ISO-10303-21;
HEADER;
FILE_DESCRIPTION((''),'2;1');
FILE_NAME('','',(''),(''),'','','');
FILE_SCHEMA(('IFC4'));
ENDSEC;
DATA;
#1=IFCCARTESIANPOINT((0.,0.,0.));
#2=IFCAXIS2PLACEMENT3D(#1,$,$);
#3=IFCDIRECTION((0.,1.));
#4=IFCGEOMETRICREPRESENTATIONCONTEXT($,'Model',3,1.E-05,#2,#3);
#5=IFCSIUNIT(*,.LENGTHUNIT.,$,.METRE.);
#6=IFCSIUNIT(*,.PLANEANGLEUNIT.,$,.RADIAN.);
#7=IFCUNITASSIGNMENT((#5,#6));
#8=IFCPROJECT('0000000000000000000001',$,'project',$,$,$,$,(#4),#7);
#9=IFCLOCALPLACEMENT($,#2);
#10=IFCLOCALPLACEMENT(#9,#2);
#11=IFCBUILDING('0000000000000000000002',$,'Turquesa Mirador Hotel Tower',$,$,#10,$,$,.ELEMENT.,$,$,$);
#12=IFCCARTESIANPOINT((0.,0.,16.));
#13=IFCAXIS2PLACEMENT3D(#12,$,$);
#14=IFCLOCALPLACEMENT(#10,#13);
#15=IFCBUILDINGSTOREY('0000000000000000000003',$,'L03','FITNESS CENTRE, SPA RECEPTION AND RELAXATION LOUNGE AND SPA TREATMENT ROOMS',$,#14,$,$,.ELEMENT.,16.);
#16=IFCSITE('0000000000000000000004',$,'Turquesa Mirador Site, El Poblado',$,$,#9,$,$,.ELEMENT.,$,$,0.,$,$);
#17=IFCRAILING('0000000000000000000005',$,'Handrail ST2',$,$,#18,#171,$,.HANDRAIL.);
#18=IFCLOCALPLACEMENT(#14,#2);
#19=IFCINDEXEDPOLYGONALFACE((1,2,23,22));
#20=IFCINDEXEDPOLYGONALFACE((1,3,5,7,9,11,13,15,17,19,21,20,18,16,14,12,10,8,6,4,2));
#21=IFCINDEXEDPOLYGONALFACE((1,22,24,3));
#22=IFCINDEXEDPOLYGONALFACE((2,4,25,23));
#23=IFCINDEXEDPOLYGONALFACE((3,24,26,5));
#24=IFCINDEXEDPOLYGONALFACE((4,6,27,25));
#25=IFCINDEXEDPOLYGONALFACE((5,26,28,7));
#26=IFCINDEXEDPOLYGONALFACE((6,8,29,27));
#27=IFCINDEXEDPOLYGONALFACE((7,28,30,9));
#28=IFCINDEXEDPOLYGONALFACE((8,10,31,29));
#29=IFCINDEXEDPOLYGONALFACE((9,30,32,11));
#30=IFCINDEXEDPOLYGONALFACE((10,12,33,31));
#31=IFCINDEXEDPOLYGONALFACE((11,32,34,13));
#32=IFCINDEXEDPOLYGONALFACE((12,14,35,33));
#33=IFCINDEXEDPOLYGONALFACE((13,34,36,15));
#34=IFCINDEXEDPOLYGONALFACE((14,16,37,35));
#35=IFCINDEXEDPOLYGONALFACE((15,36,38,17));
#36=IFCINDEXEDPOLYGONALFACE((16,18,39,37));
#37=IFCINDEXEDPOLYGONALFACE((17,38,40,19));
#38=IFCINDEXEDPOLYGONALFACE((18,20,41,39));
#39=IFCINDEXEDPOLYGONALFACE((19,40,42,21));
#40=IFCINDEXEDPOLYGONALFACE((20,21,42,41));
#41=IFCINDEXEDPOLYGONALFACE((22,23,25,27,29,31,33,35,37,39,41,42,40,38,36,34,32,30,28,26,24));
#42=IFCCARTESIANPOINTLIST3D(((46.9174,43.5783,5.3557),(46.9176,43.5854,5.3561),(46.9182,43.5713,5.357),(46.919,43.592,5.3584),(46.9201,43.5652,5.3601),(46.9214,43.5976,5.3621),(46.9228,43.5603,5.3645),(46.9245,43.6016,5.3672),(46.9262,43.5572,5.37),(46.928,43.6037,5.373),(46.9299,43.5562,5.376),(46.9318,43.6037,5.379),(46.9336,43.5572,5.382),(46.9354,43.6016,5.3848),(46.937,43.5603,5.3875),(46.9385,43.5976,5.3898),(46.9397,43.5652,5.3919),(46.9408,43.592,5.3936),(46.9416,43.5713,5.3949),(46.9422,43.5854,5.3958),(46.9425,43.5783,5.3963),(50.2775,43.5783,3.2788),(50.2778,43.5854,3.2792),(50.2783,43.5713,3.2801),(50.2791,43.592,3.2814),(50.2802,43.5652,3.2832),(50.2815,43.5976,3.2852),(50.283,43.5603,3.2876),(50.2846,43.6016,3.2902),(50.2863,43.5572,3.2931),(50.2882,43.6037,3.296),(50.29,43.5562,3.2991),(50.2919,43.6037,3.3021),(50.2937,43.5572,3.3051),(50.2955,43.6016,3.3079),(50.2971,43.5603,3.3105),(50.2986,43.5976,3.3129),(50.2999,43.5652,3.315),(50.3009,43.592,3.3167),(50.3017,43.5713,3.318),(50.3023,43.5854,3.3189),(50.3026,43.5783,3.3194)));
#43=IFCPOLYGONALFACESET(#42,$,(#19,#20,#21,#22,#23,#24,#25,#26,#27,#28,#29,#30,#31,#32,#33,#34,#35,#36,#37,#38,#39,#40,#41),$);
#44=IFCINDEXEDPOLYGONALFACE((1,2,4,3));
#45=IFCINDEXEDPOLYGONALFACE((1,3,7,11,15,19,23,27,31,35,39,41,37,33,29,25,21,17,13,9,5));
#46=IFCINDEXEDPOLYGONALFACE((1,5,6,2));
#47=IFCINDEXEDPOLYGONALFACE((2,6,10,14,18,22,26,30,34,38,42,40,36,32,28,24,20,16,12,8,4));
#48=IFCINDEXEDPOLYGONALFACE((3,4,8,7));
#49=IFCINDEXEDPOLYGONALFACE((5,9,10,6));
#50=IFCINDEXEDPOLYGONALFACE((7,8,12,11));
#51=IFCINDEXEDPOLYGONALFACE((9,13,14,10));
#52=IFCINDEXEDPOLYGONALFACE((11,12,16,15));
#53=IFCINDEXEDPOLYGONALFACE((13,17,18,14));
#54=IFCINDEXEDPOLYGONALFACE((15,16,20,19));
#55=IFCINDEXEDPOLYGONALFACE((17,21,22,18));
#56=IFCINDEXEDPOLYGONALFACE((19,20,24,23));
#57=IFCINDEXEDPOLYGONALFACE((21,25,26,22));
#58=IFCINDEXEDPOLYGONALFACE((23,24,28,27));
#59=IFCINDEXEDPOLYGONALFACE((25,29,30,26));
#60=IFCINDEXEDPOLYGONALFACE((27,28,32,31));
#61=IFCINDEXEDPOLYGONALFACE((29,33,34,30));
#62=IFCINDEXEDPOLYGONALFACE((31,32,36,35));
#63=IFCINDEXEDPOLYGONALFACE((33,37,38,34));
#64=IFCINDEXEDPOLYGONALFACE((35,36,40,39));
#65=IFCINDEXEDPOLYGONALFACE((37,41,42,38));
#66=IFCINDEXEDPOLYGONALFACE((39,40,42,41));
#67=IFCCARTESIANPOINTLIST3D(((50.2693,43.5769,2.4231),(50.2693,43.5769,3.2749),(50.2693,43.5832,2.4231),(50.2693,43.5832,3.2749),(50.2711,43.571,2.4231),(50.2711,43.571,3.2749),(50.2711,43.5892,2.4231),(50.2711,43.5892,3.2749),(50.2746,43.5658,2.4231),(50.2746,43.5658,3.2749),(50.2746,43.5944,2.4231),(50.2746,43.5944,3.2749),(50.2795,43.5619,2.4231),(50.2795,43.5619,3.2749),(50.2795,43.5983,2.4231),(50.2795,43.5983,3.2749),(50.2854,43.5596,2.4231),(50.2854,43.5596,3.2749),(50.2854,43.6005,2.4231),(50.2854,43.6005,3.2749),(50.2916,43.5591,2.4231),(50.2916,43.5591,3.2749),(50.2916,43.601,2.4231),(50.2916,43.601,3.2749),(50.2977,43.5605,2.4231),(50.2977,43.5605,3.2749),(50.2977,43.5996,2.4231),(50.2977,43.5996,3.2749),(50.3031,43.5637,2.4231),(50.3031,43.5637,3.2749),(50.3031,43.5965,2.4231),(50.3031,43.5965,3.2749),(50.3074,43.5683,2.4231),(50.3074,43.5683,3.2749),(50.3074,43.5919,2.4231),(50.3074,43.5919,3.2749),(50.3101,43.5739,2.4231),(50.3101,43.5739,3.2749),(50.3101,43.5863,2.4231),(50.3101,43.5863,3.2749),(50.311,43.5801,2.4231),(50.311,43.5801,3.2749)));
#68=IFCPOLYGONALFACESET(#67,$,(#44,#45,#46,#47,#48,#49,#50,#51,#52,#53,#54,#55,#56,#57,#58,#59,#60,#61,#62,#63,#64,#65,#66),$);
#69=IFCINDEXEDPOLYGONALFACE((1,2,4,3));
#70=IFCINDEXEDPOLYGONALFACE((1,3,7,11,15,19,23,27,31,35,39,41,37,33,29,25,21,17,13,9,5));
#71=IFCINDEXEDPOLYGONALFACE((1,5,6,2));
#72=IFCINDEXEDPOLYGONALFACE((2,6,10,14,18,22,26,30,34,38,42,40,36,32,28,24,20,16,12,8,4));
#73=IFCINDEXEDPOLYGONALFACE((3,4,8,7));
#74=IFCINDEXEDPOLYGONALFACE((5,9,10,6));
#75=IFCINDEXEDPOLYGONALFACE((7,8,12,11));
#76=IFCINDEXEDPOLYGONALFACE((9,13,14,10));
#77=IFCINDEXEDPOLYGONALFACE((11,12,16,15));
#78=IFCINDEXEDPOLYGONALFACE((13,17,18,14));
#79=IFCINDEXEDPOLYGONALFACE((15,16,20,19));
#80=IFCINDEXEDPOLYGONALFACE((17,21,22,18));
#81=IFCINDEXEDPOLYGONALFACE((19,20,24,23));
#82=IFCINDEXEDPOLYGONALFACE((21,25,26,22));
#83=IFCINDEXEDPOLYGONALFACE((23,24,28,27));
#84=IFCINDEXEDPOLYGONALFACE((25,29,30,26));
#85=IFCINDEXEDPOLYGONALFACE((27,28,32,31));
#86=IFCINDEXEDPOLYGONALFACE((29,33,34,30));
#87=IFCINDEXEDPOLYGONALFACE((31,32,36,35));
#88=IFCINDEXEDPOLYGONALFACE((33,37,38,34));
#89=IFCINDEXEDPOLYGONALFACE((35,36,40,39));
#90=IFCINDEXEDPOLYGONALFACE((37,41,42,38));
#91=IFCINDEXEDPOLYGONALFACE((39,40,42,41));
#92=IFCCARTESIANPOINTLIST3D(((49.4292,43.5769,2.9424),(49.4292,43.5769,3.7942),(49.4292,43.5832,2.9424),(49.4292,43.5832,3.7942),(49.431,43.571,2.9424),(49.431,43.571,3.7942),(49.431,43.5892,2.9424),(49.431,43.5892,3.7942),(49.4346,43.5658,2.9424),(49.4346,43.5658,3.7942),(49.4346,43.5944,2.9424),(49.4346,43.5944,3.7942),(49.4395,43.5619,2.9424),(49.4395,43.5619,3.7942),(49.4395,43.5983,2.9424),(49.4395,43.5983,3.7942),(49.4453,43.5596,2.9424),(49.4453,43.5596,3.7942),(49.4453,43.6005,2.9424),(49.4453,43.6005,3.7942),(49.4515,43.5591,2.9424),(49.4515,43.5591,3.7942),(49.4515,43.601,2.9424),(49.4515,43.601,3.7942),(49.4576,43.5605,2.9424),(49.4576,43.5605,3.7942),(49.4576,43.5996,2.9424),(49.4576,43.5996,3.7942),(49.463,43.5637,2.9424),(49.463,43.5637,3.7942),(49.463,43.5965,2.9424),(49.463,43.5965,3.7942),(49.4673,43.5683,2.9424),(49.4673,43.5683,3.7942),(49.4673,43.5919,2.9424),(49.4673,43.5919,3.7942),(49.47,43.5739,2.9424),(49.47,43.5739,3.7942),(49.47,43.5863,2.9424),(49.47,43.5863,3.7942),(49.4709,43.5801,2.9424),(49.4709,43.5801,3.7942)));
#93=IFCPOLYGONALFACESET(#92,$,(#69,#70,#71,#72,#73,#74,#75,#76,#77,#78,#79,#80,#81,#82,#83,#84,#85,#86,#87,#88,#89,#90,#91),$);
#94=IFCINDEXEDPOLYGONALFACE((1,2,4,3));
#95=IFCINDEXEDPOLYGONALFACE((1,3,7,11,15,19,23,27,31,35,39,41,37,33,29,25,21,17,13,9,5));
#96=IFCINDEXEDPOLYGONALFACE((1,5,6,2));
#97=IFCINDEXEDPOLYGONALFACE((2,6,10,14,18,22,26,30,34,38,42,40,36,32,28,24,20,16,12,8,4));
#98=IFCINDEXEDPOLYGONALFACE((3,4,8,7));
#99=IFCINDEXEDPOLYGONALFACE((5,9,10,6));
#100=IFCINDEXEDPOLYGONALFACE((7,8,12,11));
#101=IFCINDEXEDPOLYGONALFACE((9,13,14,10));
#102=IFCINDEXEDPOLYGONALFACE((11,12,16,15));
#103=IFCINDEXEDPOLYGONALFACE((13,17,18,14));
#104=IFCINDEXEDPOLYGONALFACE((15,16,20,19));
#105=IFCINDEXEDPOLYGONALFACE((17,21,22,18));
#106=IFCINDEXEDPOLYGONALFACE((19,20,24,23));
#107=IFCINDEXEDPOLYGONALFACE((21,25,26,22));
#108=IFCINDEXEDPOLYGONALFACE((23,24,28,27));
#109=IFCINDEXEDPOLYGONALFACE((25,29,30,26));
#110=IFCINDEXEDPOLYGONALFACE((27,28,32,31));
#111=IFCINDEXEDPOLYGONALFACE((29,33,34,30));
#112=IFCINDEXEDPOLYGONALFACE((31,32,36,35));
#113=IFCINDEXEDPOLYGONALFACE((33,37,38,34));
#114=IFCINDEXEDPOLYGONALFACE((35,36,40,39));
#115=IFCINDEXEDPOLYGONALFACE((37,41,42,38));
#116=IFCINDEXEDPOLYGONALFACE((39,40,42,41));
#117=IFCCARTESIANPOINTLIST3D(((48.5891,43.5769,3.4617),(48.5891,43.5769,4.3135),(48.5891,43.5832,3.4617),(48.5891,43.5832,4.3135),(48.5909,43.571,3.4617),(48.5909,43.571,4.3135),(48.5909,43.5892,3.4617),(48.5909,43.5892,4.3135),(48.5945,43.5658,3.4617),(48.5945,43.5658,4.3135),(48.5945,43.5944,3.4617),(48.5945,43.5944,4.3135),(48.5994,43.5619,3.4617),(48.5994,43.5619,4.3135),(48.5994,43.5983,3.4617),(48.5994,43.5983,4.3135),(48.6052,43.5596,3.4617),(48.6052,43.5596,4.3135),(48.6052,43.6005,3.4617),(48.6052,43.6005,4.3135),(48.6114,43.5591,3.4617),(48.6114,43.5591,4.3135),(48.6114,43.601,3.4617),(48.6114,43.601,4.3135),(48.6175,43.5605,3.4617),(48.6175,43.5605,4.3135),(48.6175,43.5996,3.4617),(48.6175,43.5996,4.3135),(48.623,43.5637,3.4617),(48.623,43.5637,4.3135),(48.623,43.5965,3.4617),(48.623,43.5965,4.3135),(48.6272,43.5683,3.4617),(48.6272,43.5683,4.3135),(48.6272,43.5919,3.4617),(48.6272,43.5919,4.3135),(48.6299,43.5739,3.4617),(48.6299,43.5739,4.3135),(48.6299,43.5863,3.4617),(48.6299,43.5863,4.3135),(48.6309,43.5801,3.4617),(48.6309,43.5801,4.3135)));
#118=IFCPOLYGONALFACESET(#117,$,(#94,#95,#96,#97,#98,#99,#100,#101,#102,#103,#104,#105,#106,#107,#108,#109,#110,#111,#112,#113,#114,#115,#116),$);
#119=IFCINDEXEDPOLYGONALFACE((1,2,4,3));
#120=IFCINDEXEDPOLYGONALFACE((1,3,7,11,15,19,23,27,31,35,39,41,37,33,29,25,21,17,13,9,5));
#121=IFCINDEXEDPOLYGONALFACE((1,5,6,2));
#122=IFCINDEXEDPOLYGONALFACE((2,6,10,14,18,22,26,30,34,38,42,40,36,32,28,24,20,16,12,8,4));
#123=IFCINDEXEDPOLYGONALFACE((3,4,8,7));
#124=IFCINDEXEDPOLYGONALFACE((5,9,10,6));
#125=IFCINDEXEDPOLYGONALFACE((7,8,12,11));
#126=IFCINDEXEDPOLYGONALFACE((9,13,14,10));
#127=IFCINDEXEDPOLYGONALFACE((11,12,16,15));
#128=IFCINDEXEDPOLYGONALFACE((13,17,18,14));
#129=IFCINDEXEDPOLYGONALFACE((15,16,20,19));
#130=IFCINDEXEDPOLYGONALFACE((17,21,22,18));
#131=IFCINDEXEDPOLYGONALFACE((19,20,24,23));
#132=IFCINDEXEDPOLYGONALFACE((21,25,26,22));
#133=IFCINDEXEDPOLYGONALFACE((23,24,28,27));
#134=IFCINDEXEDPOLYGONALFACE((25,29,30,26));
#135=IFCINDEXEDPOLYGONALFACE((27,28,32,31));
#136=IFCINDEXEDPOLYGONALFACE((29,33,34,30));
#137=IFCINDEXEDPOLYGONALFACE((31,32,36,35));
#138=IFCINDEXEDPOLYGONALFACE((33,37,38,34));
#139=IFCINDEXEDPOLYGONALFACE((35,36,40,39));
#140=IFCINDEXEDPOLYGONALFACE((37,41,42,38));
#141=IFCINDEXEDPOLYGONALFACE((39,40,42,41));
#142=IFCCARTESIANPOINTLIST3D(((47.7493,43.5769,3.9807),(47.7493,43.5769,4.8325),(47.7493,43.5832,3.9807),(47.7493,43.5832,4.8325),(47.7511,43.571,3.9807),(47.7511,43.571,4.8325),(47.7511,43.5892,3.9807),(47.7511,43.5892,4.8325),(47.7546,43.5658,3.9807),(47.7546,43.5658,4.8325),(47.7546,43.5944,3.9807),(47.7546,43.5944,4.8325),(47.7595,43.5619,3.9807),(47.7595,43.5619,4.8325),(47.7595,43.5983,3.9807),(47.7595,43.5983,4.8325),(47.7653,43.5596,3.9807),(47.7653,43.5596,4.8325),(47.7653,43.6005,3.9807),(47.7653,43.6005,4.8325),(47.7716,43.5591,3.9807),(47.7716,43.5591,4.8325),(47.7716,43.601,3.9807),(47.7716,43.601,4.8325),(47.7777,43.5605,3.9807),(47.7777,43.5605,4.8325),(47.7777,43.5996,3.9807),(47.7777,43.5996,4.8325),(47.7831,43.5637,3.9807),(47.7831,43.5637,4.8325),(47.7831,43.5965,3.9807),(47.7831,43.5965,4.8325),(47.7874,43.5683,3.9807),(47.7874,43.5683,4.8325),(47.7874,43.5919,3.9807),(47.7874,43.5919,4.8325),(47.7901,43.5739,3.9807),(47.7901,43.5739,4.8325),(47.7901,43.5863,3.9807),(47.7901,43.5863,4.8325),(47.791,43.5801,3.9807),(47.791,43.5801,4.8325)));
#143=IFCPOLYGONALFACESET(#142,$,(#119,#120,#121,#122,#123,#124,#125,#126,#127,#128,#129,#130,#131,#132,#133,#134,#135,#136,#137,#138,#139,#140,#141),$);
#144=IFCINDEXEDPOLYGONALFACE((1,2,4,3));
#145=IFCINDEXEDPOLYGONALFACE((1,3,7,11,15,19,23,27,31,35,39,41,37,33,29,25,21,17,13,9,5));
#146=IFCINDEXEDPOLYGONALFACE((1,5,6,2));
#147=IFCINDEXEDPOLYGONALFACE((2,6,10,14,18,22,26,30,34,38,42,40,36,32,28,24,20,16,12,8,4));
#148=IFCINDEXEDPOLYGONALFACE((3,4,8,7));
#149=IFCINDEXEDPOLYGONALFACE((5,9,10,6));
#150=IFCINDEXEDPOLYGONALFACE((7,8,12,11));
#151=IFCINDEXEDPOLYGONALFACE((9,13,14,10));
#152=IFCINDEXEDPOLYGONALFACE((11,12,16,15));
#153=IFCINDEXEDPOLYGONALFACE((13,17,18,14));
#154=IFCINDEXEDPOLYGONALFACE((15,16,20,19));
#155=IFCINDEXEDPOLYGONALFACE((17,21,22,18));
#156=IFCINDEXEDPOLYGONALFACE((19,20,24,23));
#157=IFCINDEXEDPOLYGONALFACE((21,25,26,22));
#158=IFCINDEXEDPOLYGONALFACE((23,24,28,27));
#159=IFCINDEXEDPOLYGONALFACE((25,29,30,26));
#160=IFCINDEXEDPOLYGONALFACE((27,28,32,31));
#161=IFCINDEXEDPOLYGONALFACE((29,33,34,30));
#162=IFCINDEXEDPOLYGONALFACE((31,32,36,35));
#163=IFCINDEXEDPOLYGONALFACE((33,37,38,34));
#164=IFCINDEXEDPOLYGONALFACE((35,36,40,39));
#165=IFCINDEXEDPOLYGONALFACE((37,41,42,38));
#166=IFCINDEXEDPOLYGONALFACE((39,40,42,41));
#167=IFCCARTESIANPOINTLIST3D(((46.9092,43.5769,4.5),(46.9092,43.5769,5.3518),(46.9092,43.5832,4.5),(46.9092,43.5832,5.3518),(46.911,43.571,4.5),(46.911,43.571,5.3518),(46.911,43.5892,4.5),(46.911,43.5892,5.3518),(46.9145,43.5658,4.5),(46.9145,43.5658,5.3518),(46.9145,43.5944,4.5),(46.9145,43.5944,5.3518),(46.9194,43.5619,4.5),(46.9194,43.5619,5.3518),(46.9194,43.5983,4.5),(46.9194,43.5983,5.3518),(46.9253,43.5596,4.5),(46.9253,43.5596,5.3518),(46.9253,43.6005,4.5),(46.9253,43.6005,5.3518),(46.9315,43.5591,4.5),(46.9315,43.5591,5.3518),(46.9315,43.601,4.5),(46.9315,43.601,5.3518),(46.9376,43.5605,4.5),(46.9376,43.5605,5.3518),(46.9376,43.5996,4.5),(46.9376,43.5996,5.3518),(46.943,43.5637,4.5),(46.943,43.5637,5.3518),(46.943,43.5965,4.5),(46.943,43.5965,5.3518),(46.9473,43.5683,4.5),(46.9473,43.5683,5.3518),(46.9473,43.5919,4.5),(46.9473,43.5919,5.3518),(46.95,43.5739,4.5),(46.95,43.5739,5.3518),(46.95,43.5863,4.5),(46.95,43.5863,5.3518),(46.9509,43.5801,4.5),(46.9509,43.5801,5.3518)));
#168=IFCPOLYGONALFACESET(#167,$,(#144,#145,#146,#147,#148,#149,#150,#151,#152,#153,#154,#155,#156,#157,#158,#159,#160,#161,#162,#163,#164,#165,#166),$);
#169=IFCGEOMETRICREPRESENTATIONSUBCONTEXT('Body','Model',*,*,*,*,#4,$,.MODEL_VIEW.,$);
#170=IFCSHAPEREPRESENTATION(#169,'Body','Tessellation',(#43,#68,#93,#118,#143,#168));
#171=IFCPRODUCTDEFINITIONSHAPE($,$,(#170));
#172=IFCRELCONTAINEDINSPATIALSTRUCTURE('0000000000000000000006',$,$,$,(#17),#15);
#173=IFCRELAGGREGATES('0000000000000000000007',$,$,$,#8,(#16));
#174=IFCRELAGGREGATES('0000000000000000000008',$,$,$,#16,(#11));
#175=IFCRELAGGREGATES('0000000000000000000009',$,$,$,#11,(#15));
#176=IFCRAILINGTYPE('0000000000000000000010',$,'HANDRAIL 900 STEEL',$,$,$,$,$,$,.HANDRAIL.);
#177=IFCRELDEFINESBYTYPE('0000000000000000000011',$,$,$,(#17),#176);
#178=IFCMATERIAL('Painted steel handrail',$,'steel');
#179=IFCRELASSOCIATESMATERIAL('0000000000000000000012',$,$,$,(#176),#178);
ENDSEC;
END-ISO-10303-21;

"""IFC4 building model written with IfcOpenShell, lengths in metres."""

from ifc_helpers import new_model, si_unit, direction, frame, origin, origin_2d, place, context, subcontext, project, spatial, circle, extrude, material, type_object, element, save


model = new_model("IFC4")

# Units and contexts
model_context = context("Model", 3, precision=1e-05, world=origin(), true_north=direction((0.0, 1.0)))
body_context = subcontext(model_context, "Body", "Model", "MODEL_VIEW")
ifc_project = project(units=[si_unit("LENGTHUNIT", "METRE"), si_unit("PLANEANGLEUNIT", "RADIAN")], contexts=[model_context])

# Site, building, storey
site_placement = place(None, origin())
site = spatial("IfcSite", under=ifc_project, at=site_placement, Name="Turquesa Mirador Site, El Poblado", CompositionType="ELEMENT", RefElevation=0.0)
building_placement = place(site_placement, origin())
building = spatial("IfcBuilding", under=site, at=building_placement, Name="Turquesa Mirador Hotel Tower", CompositionType="ELEMENT")
storey_placement = place(building_placement, frame((0.0, 0.0, 16.0)))
storey = spatial("IfcBuildingStorey", under=building, at=storey_placement, Name="L03", Description="FITNESS CENTRE, SPA RECEPTION AND RELAXATION LOUNGE AND SPA TREATMENT ROOMS", CompositionType="ELEMENT", Elevation=16.0)

# Railing
ifc_material_1 = material(Name="Painted steel handrail", Category="steel")
railing_type = type_object("IfcRailingType", Name="HANDRAIL 900 STEEL", PredefinedType="HANDRAIL", material=ifc_material_1)
for number, where, name in (
    (1, (50.29, 43.5801, 2.4231), "Handrail ST2"),
):
    element("IfcRailing", number, at=place(storey_placement, frame(where)), inside=storey, type_object=railing_type, Name=name, PredefinedType="HANDRAIL", context=body_context, shape_type="SweptSolid", body=[
        extrude(circle(Radius=0.0239, at=origin_2d()), frame((0.0, 0.0, 0.876), z_axis=(-0.850623, 0.0, 0.525776), x_axis=(0.0, -1.0, 0.0)), (0.0, 0.0, 1.0), 3.9502),
        extrude(circle(Radius=0.021, at=origin_2d()), origin(), (0.0, 0.0, 1.0), 0.8518),
        extrude(circle(Radius=0.021, at=origin_2d()), frame((-0.8401, 0.0, 0.5193)), (0.0, 0.0, 1.0), 0.8518),
        extrude(circle(Radius=0.021, at=origin_2d()), frame((-1.6802, 0.0, 1.0386)), (0.0, 0.0, 1.0), 0.8518),
        extrude(circle(Radius=0.021, at=origin_2d()), frame((-2.52, 0.0, 1.5576)), (0.0, 0.0, 1.0), 0.8518),
        extrude(circle(Radius=0.021, at=origin_2d()), frame((-3.3601, 0.0, 2.0769)), (0.0, 0.0, 1.0), 0.8518),
    ])

save(model, "model.ifc")
